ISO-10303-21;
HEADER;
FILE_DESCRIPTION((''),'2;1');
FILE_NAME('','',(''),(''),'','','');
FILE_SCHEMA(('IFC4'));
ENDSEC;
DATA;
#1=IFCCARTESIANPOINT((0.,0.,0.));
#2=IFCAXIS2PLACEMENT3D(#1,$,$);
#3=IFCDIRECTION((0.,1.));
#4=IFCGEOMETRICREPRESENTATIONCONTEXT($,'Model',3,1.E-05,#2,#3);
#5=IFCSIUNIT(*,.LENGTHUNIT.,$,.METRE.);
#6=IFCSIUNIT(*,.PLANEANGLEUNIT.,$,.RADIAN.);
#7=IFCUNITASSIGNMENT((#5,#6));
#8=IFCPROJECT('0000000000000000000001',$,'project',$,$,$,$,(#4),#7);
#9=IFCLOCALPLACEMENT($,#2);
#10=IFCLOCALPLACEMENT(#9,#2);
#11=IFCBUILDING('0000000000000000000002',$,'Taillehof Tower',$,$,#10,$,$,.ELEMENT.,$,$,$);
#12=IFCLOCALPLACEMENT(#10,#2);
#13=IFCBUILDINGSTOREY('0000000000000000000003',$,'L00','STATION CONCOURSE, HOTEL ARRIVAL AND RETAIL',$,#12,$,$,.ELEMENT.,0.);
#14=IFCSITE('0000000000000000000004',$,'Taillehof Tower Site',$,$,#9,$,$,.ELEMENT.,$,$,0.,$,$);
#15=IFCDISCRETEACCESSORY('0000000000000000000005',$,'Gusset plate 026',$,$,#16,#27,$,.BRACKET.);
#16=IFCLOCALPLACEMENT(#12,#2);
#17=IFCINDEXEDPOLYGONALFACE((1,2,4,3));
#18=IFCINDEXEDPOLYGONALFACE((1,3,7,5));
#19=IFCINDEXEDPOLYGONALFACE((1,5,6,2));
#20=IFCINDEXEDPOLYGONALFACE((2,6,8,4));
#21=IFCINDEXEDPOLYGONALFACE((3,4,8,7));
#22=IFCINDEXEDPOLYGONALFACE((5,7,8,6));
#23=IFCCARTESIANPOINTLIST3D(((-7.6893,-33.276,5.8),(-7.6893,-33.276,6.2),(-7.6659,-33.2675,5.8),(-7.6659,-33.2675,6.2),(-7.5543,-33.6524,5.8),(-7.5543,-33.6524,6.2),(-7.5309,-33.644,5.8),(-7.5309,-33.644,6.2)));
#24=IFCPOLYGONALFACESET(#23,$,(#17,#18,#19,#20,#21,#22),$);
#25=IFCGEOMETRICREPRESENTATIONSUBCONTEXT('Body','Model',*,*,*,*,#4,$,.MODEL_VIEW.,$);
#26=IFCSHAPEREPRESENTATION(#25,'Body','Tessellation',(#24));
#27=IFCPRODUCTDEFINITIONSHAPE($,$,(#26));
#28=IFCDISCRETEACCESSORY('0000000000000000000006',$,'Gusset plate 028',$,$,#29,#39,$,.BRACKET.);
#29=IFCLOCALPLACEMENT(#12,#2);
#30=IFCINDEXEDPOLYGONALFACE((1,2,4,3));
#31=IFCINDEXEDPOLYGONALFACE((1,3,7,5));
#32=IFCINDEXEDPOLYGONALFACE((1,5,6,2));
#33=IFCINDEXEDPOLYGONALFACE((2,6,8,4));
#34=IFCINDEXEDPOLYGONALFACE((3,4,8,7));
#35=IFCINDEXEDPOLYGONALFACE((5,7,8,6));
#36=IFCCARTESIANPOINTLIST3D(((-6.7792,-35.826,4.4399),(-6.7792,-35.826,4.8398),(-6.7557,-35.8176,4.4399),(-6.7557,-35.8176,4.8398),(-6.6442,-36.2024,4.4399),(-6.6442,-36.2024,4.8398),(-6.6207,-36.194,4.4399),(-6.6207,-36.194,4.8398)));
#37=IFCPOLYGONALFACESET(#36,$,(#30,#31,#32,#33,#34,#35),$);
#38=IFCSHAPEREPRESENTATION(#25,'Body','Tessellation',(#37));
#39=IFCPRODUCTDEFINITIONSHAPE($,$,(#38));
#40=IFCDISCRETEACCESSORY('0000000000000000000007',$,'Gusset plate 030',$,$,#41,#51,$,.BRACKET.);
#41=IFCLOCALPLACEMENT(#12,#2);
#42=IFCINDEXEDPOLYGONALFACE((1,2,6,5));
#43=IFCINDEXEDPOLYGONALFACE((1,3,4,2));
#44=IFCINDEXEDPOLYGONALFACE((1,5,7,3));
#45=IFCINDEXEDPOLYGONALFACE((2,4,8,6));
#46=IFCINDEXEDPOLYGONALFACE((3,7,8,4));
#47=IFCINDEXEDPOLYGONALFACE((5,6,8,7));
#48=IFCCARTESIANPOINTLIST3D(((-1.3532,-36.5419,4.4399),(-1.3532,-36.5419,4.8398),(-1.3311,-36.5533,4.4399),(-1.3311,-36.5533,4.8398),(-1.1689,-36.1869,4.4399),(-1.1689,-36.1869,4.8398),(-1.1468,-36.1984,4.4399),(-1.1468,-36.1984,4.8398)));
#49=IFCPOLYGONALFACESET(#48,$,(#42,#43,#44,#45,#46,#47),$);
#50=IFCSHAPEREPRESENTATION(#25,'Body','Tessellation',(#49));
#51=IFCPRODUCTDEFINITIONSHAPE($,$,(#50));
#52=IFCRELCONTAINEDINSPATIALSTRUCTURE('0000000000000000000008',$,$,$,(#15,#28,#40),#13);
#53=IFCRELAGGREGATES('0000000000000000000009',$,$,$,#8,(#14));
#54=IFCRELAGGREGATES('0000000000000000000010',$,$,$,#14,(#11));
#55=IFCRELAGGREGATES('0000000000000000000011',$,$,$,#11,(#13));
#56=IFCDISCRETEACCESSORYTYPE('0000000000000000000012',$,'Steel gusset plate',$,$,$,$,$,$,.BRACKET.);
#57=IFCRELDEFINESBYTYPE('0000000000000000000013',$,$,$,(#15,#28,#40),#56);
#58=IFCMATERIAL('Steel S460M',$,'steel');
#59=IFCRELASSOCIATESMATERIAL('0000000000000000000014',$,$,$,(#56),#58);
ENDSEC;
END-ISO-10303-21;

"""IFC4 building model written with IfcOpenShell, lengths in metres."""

from ifc_helpers import new_model, si_unit, direction, frame, origin, origin_2d, place, context, subcontext, project, spatial, rectangle, extrude, material, type_object, element, save


model = new_model("IFC4")

# Units and contexts
model_context = context("Model", 3, precision=1e-05, world=origin(), true_north=direction((0.0, 1.0)))
body_context = subcontext(model_context, "Body", "Model", "MODEL_VIEW")
ifc_project = project(units=[si_unit("LENGTHUNIT", "METRE"), si_unit("PLANEANGLEUNIT", "RADIAN")], contexts=[model_context])

# Site, building, storey
site_placement = place(None, origin())
site = spatial("IfcSite", under=ifc_project, at=site_placement, Name="Taillehof Tower Site", CompositionType="ELEMENT", RefElevation=0.0)
building_placement = place(site_placement, origin())
building = spatial("IfcBuilding", under=site, at=building_placement, Name="Taillehof Tower", CompositionType="ELEMENT")
storey_placement = place(building_placement, origin())
storey = spatial("IfcBuildingStorey", under=building, at=storey_placement, Name="L00", Description="STATION CONCOURSE, HOTEL ARRIVAL AND RETAIL", CompositionType="ELEMENT", Elevation=0.0)

# Discrete accessories
ifc_material_1 = material(Name="Steel S460M", Category="steel")
discrete_accessory_type_1 = type_object("IfcDiscreteAccessoryType", Name="Steel gusset plate", PredefinedType="BRACKET", material=ifc_material_1)
for number, where, z_axis, x_axis, name in (
    (1, (-7.6101, -33.46, 5.8), (0.0, 0.0, 1.0), (-0.337614, 0.941284, 0.0), "Gusset plate 026"),
    (2, (-6.7, -36.01, 4.4399), (0.0, 0.0, 1.0), (-0.337614, 0.941284, 0.0), "Gusset plate 028"),
    (3, (-1.25, -36.3701, 4.4399), (0.0, 0.0, 1.0), (0.460669, 0.887572, 0.0), "Gusset plate 030"),
):
    element("IfcDiscreteAccessory", number, at=place(storey_placement, frame(where, z_axis=z_axis, x_axis=x_axis)), inside=storey, type_object=discrete_accessory_type_1, Name=name, PredefinedType="BRACKET", context=body_context, shape_type="SweptSolid", body=[
        extrude(rectangle(XDim=0.3999, YDim=0.0249, at=origin_2d()), origin(), (0.0, 0.0, 1.0), 0.3999),
    ])

save(model, "model.ifc")
